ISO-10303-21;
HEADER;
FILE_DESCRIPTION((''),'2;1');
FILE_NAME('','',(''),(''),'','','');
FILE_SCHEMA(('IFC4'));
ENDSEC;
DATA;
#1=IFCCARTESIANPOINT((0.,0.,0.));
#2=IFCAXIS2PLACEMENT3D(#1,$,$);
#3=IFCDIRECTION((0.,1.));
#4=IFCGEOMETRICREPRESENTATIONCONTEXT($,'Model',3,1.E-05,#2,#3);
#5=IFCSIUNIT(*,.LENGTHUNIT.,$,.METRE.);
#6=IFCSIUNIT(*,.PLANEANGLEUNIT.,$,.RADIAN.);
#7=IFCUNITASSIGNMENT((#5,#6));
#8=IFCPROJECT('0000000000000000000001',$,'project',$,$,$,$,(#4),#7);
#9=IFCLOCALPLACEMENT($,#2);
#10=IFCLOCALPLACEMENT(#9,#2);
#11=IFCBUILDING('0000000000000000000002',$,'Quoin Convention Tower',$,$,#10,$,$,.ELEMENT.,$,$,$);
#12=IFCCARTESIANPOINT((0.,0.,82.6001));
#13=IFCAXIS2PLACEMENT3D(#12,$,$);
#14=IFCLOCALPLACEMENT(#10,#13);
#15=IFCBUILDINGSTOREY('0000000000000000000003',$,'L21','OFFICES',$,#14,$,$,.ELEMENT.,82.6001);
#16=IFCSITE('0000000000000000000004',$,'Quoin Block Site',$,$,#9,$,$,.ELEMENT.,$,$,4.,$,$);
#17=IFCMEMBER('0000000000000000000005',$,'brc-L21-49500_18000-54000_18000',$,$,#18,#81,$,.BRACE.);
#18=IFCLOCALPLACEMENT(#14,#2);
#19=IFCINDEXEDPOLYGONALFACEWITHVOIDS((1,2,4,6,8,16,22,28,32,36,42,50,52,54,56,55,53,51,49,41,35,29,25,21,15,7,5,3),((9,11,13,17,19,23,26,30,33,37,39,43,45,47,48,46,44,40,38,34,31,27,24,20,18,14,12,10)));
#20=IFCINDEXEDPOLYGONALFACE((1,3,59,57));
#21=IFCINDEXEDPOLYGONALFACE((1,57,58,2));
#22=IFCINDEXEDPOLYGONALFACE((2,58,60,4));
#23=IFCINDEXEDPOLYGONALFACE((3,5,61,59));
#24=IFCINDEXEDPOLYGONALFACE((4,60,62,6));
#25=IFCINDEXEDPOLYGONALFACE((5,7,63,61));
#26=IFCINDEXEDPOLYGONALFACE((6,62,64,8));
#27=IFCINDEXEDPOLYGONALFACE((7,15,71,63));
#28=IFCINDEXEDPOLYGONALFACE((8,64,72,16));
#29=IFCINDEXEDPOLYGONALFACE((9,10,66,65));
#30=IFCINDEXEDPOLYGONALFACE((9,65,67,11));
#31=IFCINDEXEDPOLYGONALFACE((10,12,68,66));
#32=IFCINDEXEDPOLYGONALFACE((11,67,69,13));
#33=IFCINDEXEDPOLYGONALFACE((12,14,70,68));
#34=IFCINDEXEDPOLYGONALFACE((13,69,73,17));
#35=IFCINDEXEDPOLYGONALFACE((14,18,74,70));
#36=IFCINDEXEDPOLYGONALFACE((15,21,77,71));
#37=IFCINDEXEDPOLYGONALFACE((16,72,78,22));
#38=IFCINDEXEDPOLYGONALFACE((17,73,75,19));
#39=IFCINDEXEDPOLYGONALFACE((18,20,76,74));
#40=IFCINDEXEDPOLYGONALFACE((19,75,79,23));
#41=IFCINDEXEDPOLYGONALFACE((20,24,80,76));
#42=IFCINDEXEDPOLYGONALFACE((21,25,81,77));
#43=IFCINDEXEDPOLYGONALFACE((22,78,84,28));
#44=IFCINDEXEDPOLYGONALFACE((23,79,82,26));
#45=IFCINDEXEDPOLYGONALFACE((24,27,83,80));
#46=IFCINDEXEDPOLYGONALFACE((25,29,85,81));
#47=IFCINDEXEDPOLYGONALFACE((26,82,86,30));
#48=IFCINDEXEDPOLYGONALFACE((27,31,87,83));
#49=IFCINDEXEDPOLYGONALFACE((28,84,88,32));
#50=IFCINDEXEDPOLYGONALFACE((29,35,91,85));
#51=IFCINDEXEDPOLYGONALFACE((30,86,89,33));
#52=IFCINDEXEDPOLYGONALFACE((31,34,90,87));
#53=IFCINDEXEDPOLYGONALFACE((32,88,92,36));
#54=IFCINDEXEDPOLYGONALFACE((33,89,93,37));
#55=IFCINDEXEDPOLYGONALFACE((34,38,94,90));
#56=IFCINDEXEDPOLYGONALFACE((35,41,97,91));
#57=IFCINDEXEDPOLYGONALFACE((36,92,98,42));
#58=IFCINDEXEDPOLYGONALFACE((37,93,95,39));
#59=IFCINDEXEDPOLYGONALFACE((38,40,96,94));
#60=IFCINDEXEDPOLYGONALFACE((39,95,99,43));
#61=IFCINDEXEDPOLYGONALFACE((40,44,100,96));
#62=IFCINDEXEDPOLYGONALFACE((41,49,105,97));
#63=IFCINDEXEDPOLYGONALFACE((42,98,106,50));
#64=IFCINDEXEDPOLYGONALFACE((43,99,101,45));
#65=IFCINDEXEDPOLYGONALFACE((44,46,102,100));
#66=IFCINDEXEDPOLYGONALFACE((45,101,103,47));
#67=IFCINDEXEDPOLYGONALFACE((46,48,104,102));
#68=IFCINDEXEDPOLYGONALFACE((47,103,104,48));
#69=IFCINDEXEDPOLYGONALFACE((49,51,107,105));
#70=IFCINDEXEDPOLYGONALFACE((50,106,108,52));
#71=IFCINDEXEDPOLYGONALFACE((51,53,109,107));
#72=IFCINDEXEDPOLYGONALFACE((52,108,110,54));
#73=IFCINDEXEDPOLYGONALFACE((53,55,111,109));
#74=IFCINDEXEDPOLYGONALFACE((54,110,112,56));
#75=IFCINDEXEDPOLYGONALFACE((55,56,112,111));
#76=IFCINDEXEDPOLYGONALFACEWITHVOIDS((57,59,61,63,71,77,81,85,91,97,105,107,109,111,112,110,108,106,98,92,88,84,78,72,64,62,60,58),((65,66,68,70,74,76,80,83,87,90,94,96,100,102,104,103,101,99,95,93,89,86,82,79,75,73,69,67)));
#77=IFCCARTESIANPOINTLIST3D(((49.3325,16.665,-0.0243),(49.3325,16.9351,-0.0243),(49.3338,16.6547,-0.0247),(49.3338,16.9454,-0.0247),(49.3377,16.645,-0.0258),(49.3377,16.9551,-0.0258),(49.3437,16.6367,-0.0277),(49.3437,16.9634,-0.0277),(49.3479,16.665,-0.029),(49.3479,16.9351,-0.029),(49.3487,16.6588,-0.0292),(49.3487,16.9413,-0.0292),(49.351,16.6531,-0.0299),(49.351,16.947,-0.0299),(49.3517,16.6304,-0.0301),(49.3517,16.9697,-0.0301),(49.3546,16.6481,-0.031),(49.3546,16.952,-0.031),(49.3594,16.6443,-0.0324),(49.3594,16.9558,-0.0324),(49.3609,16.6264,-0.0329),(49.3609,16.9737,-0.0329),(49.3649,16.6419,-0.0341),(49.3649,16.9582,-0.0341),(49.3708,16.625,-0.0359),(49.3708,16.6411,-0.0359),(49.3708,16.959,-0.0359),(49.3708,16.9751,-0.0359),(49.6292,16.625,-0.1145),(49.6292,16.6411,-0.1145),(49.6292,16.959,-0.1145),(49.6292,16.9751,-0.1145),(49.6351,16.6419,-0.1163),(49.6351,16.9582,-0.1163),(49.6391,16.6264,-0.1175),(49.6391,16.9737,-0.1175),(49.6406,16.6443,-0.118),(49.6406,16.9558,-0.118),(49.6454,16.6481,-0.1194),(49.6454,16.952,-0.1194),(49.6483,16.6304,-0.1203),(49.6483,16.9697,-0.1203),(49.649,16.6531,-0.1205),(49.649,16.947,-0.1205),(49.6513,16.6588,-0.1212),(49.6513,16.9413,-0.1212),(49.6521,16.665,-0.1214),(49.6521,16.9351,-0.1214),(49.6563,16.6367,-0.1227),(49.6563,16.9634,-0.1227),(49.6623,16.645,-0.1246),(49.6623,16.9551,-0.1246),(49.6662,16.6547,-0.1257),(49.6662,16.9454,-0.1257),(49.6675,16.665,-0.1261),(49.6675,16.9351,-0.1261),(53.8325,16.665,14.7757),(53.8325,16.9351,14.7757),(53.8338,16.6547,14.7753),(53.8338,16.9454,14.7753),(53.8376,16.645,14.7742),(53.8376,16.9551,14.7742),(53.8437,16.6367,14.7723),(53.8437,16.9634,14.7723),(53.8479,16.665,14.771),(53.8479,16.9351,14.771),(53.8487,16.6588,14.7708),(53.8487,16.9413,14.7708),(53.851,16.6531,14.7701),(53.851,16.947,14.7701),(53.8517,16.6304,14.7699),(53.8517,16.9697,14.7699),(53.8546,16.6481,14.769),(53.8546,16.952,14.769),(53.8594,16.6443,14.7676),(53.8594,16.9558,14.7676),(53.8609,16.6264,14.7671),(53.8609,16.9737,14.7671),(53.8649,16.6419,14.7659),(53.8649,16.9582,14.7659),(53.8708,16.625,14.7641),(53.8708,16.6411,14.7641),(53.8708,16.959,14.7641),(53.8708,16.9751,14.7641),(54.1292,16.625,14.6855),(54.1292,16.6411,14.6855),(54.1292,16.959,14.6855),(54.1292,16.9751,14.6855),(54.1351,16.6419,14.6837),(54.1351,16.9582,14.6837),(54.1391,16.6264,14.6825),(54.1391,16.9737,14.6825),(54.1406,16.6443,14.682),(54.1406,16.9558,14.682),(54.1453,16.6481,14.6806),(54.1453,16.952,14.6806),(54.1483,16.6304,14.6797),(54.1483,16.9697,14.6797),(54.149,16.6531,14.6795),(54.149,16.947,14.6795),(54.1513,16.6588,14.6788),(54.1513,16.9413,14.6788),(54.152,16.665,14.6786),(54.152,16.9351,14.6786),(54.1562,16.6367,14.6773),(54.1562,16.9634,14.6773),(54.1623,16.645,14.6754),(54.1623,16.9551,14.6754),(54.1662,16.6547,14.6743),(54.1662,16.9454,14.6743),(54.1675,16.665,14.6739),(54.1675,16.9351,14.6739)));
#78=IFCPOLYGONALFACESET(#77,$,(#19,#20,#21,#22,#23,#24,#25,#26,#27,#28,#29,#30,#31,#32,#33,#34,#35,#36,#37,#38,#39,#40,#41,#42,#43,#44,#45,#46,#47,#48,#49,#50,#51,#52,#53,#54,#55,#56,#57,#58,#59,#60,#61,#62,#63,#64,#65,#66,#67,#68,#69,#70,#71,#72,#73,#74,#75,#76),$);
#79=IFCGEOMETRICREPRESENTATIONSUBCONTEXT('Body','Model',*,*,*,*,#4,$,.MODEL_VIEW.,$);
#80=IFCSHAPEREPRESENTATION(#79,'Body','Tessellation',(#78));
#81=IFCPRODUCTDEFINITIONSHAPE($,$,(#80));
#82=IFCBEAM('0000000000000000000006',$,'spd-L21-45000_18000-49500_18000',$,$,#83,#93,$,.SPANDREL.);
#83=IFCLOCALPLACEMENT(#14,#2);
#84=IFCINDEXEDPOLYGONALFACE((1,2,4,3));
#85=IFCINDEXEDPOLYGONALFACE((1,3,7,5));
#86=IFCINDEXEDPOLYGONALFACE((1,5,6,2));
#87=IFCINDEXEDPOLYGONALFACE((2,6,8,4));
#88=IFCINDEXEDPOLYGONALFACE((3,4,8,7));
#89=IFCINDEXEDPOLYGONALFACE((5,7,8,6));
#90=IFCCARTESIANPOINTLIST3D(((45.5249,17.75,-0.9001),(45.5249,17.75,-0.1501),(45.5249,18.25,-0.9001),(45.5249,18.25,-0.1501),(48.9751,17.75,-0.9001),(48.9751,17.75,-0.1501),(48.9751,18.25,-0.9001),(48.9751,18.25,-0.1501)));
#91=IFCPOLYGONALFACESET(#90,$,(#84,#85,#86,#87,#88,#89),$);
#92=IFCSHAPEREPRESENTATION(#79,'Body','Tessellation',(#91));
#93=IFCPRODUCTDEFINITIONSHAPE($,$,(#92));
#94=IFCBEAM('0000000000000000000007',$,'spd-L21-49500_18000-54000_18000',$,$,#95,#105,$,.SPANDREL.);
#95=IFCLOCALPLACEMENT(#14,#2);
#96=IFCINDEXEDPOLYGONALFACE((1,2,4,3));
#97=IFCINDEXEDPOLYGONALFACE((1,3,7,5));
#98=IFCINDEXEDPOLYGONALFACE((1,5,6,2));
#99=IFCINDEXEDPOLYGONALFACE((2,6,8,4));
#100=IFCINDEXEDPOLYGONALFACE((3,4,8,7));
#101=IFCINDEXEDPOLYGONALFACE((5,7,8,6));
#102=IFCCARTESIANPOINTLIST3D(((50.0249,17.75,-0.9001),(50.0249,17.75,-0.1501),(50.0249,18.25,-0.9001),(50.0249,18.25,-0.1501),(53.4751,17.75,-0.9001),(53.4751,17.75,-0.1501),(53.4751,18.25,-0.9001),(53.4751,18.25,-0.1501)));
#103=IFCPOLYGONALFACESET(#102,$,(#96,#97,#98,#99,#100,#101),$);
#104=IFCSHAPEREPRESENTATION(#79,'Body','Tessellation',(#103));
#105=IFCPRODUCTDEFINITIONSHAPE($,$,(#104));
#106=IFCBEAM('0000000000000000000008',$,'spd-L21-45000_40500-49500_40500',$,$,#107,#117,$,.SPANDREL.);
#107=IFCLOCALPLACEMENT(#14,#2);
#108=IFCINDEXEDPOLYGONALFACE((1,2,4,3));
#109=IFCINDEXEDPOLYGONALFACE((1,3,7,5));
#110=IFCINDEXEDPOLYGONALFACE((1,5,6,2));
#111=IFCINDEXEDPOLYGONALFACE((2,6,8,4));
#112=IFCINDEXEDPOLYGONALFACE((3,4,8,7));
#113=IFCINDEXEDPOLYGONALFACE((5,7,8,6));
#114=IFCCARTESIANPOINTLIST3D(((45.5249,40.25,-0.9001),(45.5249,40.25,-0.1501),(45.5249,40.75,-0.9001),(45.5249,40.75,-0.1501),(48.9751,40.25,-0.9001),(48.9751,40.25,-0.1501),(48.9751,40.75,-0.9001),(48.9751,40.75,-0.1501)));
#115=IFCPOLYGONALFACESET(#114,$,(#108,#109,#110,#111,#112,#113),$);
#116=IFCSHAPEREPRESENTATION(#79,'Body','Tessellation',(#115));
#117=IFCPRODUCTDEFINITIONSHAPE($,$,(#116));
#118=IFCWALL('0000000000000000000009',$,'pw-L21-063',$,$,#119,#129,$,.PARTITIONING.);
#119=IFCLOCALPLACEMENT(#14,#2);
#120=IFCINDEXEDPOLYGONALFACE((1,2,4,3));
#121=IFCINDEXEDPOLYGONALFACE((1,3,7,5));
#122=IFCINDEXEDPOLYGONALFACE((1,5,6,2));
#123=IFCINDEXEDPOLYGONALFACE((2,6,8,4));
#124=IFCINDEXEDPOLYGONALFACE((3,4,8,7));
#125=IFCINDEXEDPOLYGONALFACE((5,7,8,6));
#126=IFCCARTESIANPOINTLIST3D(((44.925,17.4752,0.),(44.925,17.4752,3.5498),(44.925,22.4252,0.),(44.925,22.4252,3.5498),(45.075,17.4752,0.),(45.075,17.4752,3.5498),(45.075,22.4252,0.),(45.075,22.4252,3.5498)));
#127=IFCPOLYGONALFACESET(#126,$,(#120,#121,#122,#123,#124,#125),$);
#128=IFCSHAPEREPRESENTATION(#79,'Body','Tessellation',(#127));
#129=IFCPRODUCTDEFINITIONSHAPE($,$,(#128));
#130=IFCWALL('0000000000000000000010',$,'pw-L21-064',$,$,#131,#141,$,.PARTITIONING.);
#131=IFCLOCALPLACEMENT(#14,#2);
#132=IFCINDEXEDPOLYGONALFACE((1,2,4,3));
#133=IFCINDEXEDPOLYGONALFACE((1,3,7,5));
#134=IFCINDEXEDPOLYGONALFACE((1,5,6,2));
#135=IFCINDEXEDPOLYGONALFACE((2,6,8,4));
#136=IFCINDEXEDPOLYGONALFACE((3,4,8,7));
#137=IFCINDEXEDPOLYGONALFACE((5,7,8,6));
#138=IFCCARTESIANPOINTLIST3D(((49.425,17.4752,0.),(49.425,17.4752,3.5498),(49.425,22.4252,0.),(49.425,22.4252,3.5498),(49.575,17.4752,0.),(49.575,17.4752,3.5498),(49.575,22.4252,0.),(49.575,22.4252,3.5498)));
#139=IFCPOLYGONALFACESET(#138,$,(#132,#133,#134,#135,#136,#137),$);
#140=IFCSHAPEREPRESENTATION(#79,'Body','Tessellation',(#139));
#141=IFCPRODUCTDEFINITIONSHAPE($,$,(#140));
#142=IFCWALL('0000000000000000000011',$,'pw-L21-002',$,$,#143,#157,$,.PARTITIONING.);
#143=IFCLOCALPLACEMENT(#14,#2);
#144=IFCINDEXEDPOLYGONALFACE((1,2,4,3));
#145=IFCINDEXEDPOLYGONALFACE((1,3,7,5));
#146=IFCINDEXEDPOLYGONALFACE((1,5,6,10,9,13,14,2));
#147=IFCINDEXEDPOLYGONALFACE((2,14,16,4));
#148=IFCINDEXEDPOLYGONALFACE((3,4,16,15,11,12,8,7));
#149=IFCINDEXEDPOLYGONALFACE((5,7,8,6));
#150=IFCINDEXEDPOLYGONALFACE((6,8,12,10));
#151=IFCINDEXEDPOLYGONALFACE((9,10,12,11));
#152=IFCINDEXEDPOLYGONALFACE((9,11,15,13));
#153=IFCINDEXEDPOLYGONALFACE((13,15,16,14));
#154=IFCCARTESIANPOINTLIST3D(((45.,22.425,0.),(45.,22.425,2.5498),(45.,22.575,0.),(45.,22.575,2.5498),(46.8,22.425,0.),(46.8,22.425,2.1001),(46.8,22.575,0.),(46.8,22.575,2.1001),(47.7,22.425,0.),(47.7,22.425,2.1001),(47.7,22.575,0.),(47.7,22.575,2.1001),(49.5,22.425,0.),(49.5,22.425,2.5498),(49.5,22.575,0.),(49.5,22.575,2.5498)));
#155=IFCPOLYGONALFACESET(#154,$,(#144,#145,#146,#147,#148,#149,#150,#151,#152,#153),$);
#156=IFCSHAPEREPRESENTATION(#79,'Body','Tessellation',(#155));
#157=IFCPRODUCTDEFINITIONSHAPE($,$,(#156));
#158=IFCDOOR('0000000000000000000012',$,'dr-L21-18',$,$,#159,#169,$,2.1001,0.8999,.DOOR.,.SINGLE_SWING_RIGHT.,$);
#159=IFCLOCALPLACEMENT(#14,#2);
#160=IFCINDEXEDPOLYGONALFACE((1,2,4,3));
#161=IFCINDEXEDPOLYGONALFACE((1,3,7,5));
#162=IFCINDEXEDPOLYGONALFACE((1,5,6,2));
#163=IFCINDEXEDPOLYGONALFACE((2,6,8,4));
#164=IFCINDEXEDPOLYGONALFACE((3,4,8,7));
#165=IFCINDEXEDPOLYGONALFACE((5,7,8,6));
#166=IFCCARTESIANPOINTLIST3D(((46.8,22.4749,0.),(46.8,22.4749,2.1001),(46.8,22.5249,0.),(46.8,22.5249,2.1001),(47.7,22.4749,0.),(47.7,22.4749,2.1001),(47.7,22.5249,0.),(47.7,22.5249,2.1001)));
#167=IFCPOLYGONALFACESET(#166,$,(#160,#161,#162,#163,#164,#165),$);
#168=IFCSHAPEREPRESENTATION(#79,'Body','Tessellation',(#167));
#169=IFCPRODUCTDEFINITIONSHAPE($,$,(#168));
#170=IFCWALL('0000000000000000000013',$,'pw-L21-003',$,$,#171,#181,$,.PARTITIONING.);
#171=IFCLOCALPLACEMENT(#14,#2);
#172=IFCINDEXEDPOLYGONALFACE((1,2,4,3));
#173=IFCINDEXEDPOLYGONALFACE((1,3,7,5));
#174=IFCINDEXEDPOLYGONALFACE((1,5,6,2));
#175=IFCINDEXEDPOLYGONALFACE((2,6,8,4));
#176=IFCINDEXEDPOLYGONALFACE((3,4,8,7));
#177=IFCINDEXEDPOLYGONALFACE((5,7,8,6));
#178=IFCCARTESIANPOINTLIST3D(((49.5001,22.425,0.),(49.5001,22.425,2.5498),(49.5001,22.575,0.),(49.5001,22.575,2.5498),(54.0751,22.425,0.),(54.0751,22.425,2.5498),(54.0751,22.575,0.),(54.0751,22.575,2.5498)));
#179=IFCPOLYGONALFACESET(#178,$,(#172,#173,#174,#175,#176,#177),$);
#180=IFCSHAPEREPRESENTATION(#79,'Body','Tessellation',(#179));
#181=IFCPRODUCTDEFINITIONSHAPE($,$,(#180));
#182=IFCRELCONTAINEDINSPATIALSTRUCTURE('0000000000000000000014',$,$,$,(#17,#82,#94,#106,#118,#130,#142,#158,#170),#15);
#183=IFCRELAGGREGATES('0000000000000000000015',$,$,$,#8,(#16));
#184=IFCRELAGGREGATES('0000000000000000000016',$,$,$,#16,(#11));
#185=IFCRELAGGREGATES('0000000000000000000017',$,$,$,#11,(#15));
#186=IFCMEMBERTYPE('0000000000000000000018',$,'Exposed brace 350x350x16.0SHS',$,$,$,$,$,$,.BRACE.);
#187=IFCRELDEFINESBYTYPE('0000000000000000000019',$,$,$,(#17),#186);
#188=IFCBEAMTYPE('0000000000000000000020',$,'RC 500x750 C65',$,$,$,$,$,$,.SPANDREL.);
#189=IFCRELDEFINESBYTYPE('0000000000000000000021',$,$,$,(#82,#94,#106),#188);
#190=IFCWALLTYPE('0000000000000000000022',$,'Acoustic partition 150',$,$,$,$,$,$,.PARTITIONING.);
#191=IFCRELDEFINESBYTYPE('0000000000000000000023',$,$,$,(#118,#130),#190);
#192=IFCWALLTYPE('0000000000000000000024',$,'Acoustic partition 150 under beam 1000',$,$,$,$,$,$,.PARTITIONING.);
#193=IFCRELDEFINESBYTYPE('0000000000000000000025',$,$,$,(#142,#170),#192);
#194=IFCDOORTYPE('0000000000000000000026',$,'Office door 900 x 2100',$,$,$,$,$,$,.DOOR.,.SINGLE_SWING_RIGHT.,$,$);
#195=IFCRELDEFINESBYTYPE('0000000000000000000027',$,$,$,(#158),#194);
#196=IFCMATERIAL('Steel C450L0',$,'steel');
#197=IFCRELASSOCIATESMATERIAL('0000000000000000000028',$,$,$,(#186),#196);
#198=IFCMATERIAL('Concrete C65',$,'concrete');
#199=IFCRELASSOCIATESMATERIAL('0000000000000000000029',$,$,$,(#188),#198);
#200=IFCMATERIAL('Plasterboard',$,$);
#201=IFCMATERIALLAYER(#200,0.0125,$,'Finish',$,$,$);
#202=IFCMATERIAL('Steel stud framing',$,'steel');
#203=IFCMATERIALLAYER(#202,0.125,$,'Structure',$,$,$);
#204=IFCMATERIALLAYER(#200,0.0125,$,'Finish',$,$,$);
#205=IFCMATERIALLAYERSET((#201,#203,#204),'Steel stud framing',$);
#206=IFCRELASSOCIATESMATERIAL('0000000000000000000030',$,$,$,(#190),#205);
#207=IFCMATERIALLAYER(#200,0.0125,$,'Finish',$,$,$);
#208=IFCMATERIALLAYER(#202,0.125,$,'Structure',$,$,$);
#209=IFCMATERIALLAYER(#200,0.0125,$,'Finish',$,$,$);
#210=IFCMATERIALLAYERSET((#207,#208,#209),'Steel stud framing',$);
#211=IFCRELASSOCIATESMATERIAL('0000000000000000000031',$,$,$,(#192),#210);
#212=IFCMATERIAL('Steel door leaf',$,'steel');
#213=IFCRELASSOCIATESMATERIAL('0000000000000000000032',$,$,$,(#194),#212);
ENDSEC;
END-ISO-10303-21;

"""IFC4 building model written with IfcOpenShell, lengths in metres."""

from ifc_helpers import new_model, si_unit, direction, frame, frame_2d, origin, origin_2d, place, context, subcontext, project, spatial, rectangle, hollow_rectangle, extrude, material, layer, layer_set, material_profile, profile_set, type_object, element, fill, save


model = new_model("IFC4")

# Units and contexts
model_context = context("Model", 3, precision=1e-05, world=origin(), true_north=direction((0.0, 1.0)))
body_context = subcontext(model_context, "Body", "Model", "MODEL_VIEW")
ifc_project = project(units=[si_unit("LENGTHUNIT", "METRE"), si_unit("PLANEANGLEUNIT", "RADIAN")], contexts=[model_context])

# Site, building, storey
site_placement = place(None, origin())
site = spatial("IfcSite", under=ifc_project, at=site_placement, Name="Quoin Block Site", CompositionType="ELEMENT", RefElevation=4.0)
building_placement = place(site_placement, origin())
building = spatial("IfcBuilding", under=site, at=building_placement, Name="Quoin Convention Tower", CompositionType="ELEMENT")
storey_placement = place(building_placement, frame((0.0, 0.0, 82.6001)))
storey = spatial("IfcBuildingStorey", under=building, at=storey_placement, Name="L21", Description="OFFICES", CompositionType="ELEMENT", Elevation=82.6001)

# Shared definitions
ifc_material_1 = material(Name="Concrete C65", Category="concrete")

# Shared definitions
ifc_material_2 = material(Name="Steel C450L0", Category="steel")

# Member
ifc_material_profile_1 = material_profile(ifc_material_2, hollow_rectangle(XDim=0.3501, YDim=0.3501, WallThickness=0.0161, InnerFilletRadius=0.0239, OuterFilletRadius=0.04, at=origin_2d()), Name="350x350x16.0SHS")
ifc_profile_set_1 = profile_set([ifc_material_profile_1], Name="Steel C450L0")
member_type = type_object("IfcMemberType", Name="Exposed brace 350x350x16.0SHS", PredefinedType="BRACE", material=ifc_profile_set_1)
member_placement = place(storey_placement, frame((49.5, 16.8, -0.0752), z_axis=(0.290903, 0.0, 0.956752), x_axis=(0.0, 1.0, 0.0)))
element("IfcMember", 1, at=member_placement, inside=storey, type_object=member_type, Name="brc-L21-49500_18000-54000_18000", PredefinedType="BRACE", context=body_context, shape_type="SweptSolid", body=[
    extrude(hollow_rectangle(XDim=0.3501, YDim=0.3501, WallThickness=0.0161, InnerFilletRadius=0.0239, OuterFilletRadius=0.04, at=origin_2d()), origin(), (0.0, 0.0, 1.0), 15.469),
])

# Beams
ifc_material_profile_2 = material_profile(ifc_material_1, rectangle(XDim=0.5, YDim=0.75, at=origin_2d()), Name="RC 500x750")
ifc_profile_set_2 = profile_set([ifc_material_profile_2], Name="Concrete C65")
beam_type_1 = type_object("IfcBeamType", Name="RC 500x750 C65", PredefinedType="SPANDREL", material=ifc_profile_set_2)
for number, where, z_axis, x_axis, name in (
    (2, (45.5249, 18.0, -0.5251), (1.0, 0.0, 0.0), (0.0, 1.0, 0.0), "spd-L21-45000_18000-49500_18000"),
    (3, (50.0249, 18.0, -0.5251), (1.0, 0.0, 0.0), (0.0, 1.0, 0.0), "spd-L21-49500_18000-54000_18000"),
    (4, (45.5249, 40.5, -0.5251), (1.0, 0.0, 0.0), (0.0, 1.0, 0.0), "spd-L21-45000_40500-49500_40500"),
):
    element("IfcBeam", number, at=place(storey_placement, frame(where, z_axis=z_axis, x_axis=x_axis)), inside=storey, type_object=beam_type_1, Name=name, PredefinedType="SPANDREL", context=body_context, shape_type="SweptSolid", body=[
        extrude(rectangle(XDim=0.5, YDim=0.75, at=origin_2d()), origin(), (0.0, 0.0, 1.0), 3.4502),
    ])

# Walls
ifc_material_3 = material(Name="Plasterboard")
ifc_layer_1 = layer(ifc_material_3, 0.0125, Name="Finish")
ifc_material_4 = material(Name="Steel stud framing", Category="steel")
ifc_layer_2 = layer(ifc_material_4, 0.125, Name="Structure")
ifc_layer_3 = layer(ifc_material_3, 0.0125, Name="Finish")
ifc_layer_set_1 = layer_set([ifc_layer_1, ifc_layer_2, ifc_layer_3], Name="Steel stud framing")
wall_type_1 = type_object("IfcWallType", Name="Acoustic partition 150", PredefinedType="PARTITIONING", material=ifc_layer_set_1)
for number, where, z_axis, x_axis, name in (
    (5, (45.0, 17.4751, 0.0), (0.0, 0.0, 1.0), (0.0, 1.0, 0.0), "pw-L21-063"),
    (6, (49.5, 17.4751, 0.0), (0.0, 0.0, 1.0), (0.0, 1.0, 0.0), "pw-L21-064"),
):
    element("IfcWall", number, at=place(storey_placement, frame(where, z_axis=z_axis, x_axis=x_axis)), inside=storey, type_object=wall_type_1, Name=name, PredefinedType="PARTITIONING", context=body_context, shape_type="SweptSolid", body=[
        extrude(rectangle(XDim=4.95, YDim=0.1499, at=frame_2d((2.4751, 0.0))), origin(), (0.0, 0.0, 1.0), 3.5498),
    ])

# Wall, opening, door
ifc_layer_4 = layer(ifc_material_3, 0.0125, Name="Finish")
ifc_layer_5 = layer(ifc_material_4, 0.125, Name="Structure")
ifc_layer_6 = layer(ifc_material_3, 0.0125, Name="Finish")
ifc_layer_set_2 = layer_set([ifc_layer_4, ifc_layer_5, ifc_layer_6], Name="Steel stud framing")
wall_type_2 = type_object("IfcWallType", Name="Acoustic partition 150 under beam 1000", PredefinedType="PARTITIONING", material=ifc_layer_set_2)
wall_1_placement = place(storey_placement, frame((45.0, 22.5, 0.0), z_axis=(0.0, 0.0, 1.0), x_axis=(1.0, 0.0, 0.0)))
wall_1 = element("IfcWall", 7, at=wall_1_placement, inside=storey, type_object=wall_type_2, Name="pw-L21-002", PredefinedType="PARTITIONING", context=body_context, shape_type="SweptSolid", body=[
    extrude(rectangle(XDim=4.5, YDim=0.1499, at=frame_2d((2.25, 0.0))), origin(), (0.0, 0.0, 1.0), 2.5498),
])
opening_1_placement = place(wall_1_placement, frame((1.8, 0.0, 0.0)))
opening_1 = element("IfcOpeningElement", 8, at=opening_1_placement, cuts=wall_1, PredefinedType="OPENING", context=body_context, shape_type="SweptSolid", body=[
    extrude(rectangle(XDim=0.8999, YDim=2.1001, at=frame_2d((0.45, 1.05))), frame((0.0, 0.085, 0.0), z_axis=(0.0, -1.0, 0.0), x_axis=(1.0, 0.0, 0.0)), (0.0, 0.0, 1.0), 0.1699),
])
ifc_material_5 = material(Name="Steel door leaf", Category="steel")
door_type_1 = type_object("IfcDoorType", Name="Office door 900 x 2100", OperationType="SINGLE_SWING_RIGHT", PredefinedType="DOOR", material=ifc_material_5)
door_1_placement = place(opening_1_placement, origin())
door_1 = element("IfcDoor", 9, at=door_1_placement, inside=storey, type_object=door_type_1, Name="dr-L21-18", OperationType="SINGLE_SWING_RIGHT", OverallHeight=2.1001, OverallWidth=0.8999, PredefinedType="DOOR", context=body_context, shape_type="SweptSolid", body=[
    extrude(rectangle(XDim=0.8999, YDim=2.1001, at=frame_2d((0.45, 1.05))), frame((0.0, 0.0249, 0.0), z_axis=(0.0, -1.0, 0.0), x_axis=(1.0, 0.0, 0.0)), (0.0, 0.0, 1.0), 0.05),
])
fill(opening_1, door_1)

# Wall
wall_2_placement = place(storey_placement, frame((49.5, 22.5, 0.0), z_axis=(0.0, 0.0, 1.0), x_axis=(1.0, 0.0, 0.0)))
element("IfcWall", 10, at=wall_2_placement, inside=storey, type_object=wall_type_2, Name="pw-L21-003", PredefinedType="PARTITIONING", context=body_context, shape_type="SweptSolid", body=[
    extrude(rectangle(XDim=4.575, YDim=0.1499, at=frame_2d((2.2876, 0.0))), origin(), (0.0, 0.0, 1.0), 2.5498),
])

save(model, "model.ifc")
